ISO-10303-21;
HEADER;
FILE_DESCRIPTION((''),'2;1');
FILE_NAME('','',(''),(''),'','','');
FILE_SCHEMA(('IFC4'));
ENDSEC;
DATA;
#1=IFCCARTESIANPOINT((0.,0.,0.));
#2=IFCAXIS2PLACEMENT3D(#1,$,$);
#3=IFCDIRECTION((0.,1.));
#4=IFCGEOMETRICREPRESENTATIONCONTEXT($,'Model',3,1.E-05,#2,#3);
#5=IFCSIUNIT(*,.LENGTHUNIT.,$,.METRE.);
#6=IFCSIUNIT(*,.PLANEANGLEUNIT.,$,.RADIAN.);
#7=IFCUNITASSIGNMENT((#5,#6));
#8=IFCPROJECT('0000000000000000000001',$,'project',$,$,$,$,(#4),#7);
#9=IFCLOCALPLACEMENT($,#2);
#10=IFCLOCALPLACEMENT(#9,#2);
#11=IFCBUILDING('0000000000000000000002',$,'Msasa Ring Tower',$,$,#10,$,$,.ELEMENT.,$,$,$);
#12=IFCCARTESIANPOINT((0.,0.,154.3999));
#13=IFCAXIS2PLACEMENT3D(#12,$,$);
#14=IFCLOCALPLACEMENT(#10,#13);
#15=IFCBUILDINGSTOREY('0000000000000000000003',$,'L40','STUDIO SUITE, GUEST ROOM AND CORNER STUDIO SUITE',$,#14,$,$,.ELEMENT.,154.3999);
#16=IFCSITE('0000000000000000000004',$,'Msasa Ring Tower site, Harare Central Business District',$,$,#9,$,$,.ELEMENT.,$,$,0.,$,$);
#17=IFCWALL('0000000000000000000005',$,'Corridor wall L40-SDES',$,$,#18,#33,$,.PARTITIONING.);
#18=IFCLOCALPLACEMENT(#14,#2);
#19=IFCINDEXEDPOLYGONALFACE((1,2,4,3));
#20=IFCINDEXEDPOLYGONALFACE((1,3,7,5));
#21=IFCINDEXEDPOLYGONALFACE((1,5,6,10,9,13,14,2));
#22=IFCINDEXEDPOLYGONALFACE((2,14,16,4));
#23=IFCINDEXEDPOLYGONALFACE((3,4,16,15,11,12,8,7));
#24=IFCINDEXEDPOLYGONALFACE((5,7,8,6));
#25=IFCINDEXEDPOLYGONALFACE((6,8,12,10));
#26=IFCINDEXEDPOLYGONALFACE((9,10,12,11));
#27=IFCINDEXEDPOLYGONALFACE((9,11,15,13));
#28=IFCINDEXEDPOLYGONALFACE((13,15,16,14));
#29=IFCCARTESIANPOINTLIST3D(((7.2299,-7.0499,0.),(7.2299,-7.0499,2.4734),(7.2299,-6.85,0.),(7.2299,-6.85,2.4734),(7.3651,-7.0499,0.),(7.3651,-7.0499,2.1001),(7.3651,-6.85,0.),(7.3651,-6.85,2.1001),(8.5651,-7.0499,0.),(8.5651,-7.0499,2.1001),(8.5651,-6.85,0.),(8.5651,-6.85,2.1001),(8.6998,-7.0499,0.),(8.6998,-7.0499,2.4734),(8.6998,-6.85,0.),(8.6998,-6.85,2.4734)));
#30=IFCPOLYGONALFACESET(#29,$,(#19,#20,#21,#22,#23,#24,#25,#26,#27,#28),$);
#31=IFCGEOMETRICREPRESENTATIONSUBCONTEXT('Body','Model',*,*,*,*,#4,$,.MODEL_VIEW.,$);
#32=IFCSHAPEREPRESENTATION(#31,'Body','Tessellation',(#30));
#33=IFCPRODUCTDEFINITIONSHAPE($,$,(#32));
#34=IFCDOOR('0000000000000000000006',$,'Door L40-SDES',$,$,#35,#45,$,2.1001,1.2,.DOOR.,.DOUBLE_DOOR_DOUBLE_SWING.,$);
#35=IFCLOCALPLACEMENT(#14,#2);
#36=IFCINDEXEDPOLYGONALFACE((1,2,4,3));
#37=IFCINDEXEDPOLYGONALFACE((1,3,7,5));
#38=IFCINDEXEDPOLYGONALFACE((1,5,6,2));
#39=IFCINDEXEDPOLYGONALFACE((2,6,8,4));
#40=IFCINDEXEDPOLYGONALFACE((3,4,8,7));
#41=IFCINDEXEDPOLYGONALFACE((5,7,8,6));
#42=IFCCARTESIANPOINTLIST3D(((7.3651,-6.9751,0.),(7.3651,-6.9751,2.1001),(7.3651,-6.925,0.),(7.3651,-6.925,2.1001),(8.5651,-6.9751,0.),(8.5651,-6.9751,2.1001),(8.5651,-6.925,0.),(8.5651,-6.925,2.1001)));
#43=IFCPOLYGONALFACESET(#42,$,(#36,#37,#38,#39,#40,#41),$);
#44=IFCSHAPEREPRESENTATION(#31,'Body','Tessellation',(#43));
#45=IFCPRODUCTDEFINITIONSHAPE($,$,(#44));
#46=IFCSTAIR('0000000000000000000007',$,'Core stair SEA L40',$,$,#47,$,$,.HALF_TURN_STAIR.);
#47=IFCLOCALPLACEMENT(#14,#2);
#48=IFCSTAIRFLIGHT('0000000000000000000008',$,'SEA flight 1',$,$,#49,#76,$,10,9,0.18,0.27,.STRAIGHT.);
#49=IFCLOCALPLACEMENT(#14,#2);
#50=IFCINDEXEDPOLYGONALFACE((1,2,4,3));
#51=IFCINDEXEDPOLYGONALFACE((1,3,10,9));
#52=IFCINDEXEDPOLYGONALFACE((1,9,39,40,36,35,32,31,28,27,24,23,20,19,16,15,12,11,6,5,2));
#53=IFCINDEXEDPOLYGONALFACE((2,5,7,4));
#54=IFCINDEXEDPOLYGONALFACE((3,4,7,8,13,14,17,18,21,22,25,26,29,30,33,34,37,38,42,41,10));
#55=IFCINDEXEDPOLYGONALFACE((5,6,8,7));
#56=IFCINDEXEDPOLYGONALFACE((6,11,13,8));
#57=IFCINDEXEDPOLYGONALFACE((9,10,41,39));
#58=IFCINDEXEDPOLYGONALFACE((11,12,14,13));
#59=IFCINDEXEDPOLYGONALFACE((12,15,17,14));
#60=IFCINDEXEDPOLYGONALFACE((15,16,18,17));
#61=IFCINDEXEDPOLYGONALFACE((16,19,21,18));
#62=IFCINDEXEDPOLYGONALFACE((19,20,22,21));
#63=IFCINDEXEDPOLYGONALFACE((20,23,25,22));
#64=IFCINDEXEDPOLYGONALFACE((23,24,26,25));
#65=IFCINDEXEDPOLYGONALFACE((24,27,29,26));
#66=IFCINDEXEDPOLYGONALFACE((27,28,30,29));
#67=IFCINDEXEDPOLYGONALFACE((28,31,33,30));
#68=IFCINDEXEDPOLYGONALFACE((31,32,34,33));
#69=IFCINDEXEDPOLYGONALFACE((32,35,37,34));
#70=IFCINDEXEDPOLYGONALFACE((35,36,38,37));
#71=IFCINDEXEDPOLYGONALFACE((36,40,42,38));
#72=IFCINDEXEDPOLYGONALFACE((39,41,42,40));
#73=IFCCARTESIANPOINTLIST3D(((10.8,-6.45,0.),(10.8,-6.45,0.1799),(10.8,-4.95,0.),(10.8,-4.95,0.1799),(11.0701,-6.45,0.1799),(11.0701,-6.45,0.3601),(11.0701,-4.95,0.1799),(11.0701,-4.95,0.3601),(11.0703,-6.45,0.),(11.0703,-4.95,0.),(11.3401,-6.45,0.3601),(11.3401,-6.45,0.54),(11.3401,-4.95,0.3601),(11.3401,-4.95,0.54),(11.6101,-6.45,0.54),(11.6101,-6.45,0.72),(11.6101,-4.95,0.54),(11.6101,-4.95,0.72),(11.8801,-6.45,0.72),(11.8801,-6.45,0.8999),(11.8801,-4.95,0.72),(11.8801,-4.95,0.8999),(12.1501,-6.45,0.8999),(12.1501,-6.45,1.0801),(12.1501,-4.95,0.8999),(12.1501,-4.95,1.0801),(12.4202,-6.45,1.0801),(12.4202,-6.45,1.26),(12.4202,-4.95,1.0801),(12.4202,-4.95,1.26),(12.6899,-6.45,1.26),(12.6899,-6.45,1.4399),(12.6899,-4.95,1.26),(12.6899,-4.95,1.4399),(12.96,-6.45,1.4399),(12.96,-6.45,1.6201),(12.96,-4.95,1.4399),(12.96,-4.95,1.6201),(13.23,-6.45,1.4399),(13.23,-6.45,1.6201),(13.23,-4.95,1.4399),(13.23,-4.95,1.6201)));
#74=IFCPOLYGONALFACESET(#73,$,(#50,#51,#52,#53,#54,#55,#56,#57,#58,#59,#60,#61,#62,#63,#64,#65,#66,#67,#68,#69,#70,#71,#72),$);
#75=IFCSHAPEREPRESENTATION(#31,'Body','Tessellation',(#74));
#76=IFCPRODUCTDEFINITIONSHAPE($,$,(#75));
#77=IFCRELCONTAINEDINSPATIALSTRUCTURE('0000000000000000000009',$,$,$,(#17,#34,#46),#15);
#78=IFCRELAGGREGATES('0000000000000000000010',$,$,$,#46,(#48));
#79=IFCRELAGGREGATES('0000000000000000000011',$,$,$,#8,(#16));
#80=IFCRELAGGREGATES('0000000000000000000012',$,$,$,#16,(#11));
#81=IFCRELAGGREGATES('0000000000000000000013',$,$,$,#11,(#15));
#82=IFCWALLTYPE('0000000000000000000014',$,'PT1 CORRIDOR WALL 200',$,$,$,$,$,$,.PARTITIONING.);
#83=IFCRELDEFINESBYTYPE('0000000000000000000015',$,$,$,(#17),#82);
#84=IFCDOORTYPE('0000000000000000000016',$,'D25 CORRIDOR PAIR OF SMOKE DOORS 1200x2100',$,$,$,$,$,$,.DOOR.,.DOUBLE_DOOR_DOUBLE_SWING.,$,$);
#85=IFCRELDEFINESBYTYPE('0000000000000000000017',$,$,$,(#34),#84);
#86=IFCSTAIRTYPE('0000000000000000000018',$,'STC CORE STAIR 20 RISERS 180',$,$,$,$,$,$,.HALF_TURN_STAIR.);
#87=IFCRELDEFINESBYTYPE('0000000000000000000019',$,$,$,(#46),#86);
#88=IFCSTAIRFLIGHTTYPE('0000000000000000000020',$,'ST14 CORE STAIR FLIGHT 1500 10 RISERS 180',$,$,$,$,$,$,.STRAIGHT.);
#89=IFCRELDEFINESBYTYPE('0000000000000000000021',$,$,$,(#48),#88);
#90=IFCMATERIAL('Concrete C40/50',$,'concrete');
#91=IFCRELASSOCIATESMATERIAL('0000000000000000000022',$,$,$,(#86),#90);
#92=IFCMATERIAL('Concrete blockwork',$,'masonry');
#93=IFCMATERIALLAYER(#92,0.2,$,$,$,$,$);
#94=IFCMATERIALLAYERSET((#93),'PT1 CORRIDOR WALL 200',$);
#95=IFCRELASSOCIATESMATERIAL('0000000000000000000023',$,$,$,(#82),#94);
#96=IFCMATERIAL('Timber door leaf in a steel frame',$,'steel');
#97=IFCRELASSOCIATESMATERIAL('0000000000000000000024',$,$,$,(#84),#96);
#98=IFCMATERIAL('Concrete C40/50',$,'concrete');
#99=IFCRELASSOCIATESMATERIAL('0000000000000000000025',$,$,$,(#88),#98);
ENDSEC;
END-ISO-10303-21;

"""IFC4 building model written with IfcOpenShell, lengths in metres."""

from ifc_helpers import new_model, si_unit, direction, frame, frame_2d, origin, place, context, subcontext, project, spatial, polyline, rectangle, outline, extrude, material, layer, layer_set, type_object, element, fill, aggregate, save


model = new_model("IFC4")

# Units and contexts
model_context = context("Model", 3, precision=1e-05, world=origin(), true_north=direction((0.0, 1.0)))
body_context = subcontext(model_context, "Body", "Model", "MODEL_VIEW")
ifc_project = project(units=[si_unit("LENGTHUNIT", "METRE"), si_unit("PLANEANGLEUNIT", "RADIAN")], contexts=[model_context])

# Site, building, storey
site_placement = place(None, origin())
site = spatial("IfcSite", under=ifc_project, at=site_placement, Name="Msasa Ring Tower site, Harare Central Business District", CompositionType="ELEMENT", RefElevation=0.0)
building_placement = place(site_placement, origin())
building = spatial("IfcBuilding", under=site, at=building_placement, Name="Msasa Ring Tower", CompositionType="ELEMENT")
storey_placement = place(building_placement, frame((0.0, 0.0, 154.3999)))
storey = spatial("IfcBuildingStorey", under=building, at=storey_placement, Name="L40", Description="STUDIO SUITE, GUEST ROOM AND CORNER STUDIO SUITE", CompositionType="ELEMENT", Elevation=154.3999)

# Shared definitions
ifc_material_1 = material(Name="Concrete C40/50", Category="concrete")
stair_type = type_object("IfcStairType", Name="STC CORE STAIR 20 RISERS 180", PredefinedType="HALF_TURN_STAIR", material=ifc_material_1)

# Wall, opening, door
ifc_material_2 = material(Name="Concrete blockwork", Category="masonry")
ifc_layer_1 = layer(ifc_material_2, 0.2)
ifc_layer_set_1 = layer_set([ifc_layer_1], Name="PT1 CORRIDOR WALL 200")
wall_type_1 = type_object("IfcWallType", Name="PT1 CORRIDOR WALL 200", PredefinedType="PARTITIONING", material=ifc_layer_set_1)
wall_1_placement = place(storey_placement, frame((7.23, -6.95, 0.0), z_axis=(0.0, 0.0, 1.0), x_axis=(1.0, 0.0, 0.0)))
wall_1 = element("IfcWall", 1, at=wall_1_placement, inside=storey, type_object=wall_type_1, Name="Corridor wall L40-SDES", PredefinedType="PARTITIONING", context=body_context, shape_type="SweptSolid", body=[
    extrude(rectangle(XDim=1.47, YDim=0.2, at=frame_2d((0.7349, 0.0))), origin(), (0.0, 0.0, 1.0), 2.4734),
])
opening_1_placement = place(wall_1_placement, frame((0.135, 0.0, 0.0)))
opening_1 = element("IfcOpeningElement", 2, at=opening_1_placement, cuts=wall_1, PredefinedType="OPENING", context=body_context, shape_type="SweptSolid", body=[
    extrude(rectangle(XDim=1.2, YDim=2.1001, at=frame_2d((0.6001, 1.05))), frame((0.0, 0.1099, 0.0), z_axis=(0.0, -1.0, 0.0), x_axis=(1.0, 0.0, 0.0)), (0.0, 0.0, 1.0), 0.22),
])
ifc_material_3 = material(Name="Timber door leaf in a steel frame", Category="steel")
door_type_1 = type_object("IfcDoorType", Name="D25 CORRIDOR PAIR OF SMOKE DOORS 1200x2100", OperationType="DOUBLE_DOOR_DOUBLE_SWING", PredefinedType="DOOR", material=ifc_material_3)
door_1_placement = place(opening_1_placement, origin())
door_1 = element("IfcDoor", 3, at=door_1_placement, inside=storey, type_object=door_type_1, Name="Door L40-SDES", OperationType="DOUBLE_DOOR_DOUBLE_SWING", OverallHeight=2.1001, OverallWidth=1.2, PredefinedType="DOOR", context=body_context, shape_type="SweptSolid", body=[
    extrude(rectangle(XDim=1.2, YDim=2.1001, at=frame_2d((0.6001, 1.05))), frame((0.0, 0.0249, 0.0), z_axis=(0.0, -1.0, 0.0), x_axis=(1.0, 0.0, 0.0)), (0.0, 0.0, 1.0), 0.05),
])
fill(opening_1, door_1)

# Stair, stair flight
stair_1_placement = place(storey_placement, origin())
stair_1 = element("IfcStair", 4, at=stair_1_placement, inside=storey, type_object=stair_type, Name="Core stair SEA L40", PredefinedType="HALF_TURN_STAIR")
ifc_material_4 = material(Name="Concrete C40/50", Category="concrete")
stair_flight_type = type_object("IfcStairFlightType", Name="ST14 CORE STAIR FLIGHT 1500 10 RISERS 180", PredefinedType="STRAIGHT", material=ifc_material_4)
stair_flight_placement = place(storey_placement, frame((10.8, -5.7, 0.0), z_axis=(0.0, 0.0, 1.0), x_axis=(1.0, 0.0, 0.0)))
stair_flight = element("IfcStairFlight", 5, at=stair_flight_placement, type_object=stair_flight_type, Name="SEA flight 1", NumberOfRisers=10, NumberOfTreads=9, PredefinedType="STRAIGHT", RiserHeight=0.18, TreadLength=0.27, context=body_context, shape_type="SweptSolid", body=[
    extrude(outline(polyline([(0.0, 0.0), (0.0, 0.1799), (0.27, 0.1799), (0.27, 0.3601), (0.54, 0.3601), (0.54, 0.54), (0.8101, 0.54), (0.8101, 0.72), (1.0801, 0.72), (1.0801, 0.8999), (1.3501, 0.8999), (1.3501, 1.0801), (1.6201, 1.0801), (1.6201, 1.26), (1.8899, 1.26), (1.8899, 1.4399), (2.1599, 1.4399), (2.1599, 1.6201), (2.4299, 1.6201), (2.4299, 1.8), (2.4299, 1.4399), (0.2703, 0.0), (0.0, 0.0)])), frame((0.0, 0.75, 0.0), z_axis=(0.0, -1.0, 0.0), x_axis=(1.0, 0.0, 0.0)), (0.0, 0.0, 1.0), 1.5),
])
aggregate(stair_1, [stair_flight])

save(model, "model.ifc")
